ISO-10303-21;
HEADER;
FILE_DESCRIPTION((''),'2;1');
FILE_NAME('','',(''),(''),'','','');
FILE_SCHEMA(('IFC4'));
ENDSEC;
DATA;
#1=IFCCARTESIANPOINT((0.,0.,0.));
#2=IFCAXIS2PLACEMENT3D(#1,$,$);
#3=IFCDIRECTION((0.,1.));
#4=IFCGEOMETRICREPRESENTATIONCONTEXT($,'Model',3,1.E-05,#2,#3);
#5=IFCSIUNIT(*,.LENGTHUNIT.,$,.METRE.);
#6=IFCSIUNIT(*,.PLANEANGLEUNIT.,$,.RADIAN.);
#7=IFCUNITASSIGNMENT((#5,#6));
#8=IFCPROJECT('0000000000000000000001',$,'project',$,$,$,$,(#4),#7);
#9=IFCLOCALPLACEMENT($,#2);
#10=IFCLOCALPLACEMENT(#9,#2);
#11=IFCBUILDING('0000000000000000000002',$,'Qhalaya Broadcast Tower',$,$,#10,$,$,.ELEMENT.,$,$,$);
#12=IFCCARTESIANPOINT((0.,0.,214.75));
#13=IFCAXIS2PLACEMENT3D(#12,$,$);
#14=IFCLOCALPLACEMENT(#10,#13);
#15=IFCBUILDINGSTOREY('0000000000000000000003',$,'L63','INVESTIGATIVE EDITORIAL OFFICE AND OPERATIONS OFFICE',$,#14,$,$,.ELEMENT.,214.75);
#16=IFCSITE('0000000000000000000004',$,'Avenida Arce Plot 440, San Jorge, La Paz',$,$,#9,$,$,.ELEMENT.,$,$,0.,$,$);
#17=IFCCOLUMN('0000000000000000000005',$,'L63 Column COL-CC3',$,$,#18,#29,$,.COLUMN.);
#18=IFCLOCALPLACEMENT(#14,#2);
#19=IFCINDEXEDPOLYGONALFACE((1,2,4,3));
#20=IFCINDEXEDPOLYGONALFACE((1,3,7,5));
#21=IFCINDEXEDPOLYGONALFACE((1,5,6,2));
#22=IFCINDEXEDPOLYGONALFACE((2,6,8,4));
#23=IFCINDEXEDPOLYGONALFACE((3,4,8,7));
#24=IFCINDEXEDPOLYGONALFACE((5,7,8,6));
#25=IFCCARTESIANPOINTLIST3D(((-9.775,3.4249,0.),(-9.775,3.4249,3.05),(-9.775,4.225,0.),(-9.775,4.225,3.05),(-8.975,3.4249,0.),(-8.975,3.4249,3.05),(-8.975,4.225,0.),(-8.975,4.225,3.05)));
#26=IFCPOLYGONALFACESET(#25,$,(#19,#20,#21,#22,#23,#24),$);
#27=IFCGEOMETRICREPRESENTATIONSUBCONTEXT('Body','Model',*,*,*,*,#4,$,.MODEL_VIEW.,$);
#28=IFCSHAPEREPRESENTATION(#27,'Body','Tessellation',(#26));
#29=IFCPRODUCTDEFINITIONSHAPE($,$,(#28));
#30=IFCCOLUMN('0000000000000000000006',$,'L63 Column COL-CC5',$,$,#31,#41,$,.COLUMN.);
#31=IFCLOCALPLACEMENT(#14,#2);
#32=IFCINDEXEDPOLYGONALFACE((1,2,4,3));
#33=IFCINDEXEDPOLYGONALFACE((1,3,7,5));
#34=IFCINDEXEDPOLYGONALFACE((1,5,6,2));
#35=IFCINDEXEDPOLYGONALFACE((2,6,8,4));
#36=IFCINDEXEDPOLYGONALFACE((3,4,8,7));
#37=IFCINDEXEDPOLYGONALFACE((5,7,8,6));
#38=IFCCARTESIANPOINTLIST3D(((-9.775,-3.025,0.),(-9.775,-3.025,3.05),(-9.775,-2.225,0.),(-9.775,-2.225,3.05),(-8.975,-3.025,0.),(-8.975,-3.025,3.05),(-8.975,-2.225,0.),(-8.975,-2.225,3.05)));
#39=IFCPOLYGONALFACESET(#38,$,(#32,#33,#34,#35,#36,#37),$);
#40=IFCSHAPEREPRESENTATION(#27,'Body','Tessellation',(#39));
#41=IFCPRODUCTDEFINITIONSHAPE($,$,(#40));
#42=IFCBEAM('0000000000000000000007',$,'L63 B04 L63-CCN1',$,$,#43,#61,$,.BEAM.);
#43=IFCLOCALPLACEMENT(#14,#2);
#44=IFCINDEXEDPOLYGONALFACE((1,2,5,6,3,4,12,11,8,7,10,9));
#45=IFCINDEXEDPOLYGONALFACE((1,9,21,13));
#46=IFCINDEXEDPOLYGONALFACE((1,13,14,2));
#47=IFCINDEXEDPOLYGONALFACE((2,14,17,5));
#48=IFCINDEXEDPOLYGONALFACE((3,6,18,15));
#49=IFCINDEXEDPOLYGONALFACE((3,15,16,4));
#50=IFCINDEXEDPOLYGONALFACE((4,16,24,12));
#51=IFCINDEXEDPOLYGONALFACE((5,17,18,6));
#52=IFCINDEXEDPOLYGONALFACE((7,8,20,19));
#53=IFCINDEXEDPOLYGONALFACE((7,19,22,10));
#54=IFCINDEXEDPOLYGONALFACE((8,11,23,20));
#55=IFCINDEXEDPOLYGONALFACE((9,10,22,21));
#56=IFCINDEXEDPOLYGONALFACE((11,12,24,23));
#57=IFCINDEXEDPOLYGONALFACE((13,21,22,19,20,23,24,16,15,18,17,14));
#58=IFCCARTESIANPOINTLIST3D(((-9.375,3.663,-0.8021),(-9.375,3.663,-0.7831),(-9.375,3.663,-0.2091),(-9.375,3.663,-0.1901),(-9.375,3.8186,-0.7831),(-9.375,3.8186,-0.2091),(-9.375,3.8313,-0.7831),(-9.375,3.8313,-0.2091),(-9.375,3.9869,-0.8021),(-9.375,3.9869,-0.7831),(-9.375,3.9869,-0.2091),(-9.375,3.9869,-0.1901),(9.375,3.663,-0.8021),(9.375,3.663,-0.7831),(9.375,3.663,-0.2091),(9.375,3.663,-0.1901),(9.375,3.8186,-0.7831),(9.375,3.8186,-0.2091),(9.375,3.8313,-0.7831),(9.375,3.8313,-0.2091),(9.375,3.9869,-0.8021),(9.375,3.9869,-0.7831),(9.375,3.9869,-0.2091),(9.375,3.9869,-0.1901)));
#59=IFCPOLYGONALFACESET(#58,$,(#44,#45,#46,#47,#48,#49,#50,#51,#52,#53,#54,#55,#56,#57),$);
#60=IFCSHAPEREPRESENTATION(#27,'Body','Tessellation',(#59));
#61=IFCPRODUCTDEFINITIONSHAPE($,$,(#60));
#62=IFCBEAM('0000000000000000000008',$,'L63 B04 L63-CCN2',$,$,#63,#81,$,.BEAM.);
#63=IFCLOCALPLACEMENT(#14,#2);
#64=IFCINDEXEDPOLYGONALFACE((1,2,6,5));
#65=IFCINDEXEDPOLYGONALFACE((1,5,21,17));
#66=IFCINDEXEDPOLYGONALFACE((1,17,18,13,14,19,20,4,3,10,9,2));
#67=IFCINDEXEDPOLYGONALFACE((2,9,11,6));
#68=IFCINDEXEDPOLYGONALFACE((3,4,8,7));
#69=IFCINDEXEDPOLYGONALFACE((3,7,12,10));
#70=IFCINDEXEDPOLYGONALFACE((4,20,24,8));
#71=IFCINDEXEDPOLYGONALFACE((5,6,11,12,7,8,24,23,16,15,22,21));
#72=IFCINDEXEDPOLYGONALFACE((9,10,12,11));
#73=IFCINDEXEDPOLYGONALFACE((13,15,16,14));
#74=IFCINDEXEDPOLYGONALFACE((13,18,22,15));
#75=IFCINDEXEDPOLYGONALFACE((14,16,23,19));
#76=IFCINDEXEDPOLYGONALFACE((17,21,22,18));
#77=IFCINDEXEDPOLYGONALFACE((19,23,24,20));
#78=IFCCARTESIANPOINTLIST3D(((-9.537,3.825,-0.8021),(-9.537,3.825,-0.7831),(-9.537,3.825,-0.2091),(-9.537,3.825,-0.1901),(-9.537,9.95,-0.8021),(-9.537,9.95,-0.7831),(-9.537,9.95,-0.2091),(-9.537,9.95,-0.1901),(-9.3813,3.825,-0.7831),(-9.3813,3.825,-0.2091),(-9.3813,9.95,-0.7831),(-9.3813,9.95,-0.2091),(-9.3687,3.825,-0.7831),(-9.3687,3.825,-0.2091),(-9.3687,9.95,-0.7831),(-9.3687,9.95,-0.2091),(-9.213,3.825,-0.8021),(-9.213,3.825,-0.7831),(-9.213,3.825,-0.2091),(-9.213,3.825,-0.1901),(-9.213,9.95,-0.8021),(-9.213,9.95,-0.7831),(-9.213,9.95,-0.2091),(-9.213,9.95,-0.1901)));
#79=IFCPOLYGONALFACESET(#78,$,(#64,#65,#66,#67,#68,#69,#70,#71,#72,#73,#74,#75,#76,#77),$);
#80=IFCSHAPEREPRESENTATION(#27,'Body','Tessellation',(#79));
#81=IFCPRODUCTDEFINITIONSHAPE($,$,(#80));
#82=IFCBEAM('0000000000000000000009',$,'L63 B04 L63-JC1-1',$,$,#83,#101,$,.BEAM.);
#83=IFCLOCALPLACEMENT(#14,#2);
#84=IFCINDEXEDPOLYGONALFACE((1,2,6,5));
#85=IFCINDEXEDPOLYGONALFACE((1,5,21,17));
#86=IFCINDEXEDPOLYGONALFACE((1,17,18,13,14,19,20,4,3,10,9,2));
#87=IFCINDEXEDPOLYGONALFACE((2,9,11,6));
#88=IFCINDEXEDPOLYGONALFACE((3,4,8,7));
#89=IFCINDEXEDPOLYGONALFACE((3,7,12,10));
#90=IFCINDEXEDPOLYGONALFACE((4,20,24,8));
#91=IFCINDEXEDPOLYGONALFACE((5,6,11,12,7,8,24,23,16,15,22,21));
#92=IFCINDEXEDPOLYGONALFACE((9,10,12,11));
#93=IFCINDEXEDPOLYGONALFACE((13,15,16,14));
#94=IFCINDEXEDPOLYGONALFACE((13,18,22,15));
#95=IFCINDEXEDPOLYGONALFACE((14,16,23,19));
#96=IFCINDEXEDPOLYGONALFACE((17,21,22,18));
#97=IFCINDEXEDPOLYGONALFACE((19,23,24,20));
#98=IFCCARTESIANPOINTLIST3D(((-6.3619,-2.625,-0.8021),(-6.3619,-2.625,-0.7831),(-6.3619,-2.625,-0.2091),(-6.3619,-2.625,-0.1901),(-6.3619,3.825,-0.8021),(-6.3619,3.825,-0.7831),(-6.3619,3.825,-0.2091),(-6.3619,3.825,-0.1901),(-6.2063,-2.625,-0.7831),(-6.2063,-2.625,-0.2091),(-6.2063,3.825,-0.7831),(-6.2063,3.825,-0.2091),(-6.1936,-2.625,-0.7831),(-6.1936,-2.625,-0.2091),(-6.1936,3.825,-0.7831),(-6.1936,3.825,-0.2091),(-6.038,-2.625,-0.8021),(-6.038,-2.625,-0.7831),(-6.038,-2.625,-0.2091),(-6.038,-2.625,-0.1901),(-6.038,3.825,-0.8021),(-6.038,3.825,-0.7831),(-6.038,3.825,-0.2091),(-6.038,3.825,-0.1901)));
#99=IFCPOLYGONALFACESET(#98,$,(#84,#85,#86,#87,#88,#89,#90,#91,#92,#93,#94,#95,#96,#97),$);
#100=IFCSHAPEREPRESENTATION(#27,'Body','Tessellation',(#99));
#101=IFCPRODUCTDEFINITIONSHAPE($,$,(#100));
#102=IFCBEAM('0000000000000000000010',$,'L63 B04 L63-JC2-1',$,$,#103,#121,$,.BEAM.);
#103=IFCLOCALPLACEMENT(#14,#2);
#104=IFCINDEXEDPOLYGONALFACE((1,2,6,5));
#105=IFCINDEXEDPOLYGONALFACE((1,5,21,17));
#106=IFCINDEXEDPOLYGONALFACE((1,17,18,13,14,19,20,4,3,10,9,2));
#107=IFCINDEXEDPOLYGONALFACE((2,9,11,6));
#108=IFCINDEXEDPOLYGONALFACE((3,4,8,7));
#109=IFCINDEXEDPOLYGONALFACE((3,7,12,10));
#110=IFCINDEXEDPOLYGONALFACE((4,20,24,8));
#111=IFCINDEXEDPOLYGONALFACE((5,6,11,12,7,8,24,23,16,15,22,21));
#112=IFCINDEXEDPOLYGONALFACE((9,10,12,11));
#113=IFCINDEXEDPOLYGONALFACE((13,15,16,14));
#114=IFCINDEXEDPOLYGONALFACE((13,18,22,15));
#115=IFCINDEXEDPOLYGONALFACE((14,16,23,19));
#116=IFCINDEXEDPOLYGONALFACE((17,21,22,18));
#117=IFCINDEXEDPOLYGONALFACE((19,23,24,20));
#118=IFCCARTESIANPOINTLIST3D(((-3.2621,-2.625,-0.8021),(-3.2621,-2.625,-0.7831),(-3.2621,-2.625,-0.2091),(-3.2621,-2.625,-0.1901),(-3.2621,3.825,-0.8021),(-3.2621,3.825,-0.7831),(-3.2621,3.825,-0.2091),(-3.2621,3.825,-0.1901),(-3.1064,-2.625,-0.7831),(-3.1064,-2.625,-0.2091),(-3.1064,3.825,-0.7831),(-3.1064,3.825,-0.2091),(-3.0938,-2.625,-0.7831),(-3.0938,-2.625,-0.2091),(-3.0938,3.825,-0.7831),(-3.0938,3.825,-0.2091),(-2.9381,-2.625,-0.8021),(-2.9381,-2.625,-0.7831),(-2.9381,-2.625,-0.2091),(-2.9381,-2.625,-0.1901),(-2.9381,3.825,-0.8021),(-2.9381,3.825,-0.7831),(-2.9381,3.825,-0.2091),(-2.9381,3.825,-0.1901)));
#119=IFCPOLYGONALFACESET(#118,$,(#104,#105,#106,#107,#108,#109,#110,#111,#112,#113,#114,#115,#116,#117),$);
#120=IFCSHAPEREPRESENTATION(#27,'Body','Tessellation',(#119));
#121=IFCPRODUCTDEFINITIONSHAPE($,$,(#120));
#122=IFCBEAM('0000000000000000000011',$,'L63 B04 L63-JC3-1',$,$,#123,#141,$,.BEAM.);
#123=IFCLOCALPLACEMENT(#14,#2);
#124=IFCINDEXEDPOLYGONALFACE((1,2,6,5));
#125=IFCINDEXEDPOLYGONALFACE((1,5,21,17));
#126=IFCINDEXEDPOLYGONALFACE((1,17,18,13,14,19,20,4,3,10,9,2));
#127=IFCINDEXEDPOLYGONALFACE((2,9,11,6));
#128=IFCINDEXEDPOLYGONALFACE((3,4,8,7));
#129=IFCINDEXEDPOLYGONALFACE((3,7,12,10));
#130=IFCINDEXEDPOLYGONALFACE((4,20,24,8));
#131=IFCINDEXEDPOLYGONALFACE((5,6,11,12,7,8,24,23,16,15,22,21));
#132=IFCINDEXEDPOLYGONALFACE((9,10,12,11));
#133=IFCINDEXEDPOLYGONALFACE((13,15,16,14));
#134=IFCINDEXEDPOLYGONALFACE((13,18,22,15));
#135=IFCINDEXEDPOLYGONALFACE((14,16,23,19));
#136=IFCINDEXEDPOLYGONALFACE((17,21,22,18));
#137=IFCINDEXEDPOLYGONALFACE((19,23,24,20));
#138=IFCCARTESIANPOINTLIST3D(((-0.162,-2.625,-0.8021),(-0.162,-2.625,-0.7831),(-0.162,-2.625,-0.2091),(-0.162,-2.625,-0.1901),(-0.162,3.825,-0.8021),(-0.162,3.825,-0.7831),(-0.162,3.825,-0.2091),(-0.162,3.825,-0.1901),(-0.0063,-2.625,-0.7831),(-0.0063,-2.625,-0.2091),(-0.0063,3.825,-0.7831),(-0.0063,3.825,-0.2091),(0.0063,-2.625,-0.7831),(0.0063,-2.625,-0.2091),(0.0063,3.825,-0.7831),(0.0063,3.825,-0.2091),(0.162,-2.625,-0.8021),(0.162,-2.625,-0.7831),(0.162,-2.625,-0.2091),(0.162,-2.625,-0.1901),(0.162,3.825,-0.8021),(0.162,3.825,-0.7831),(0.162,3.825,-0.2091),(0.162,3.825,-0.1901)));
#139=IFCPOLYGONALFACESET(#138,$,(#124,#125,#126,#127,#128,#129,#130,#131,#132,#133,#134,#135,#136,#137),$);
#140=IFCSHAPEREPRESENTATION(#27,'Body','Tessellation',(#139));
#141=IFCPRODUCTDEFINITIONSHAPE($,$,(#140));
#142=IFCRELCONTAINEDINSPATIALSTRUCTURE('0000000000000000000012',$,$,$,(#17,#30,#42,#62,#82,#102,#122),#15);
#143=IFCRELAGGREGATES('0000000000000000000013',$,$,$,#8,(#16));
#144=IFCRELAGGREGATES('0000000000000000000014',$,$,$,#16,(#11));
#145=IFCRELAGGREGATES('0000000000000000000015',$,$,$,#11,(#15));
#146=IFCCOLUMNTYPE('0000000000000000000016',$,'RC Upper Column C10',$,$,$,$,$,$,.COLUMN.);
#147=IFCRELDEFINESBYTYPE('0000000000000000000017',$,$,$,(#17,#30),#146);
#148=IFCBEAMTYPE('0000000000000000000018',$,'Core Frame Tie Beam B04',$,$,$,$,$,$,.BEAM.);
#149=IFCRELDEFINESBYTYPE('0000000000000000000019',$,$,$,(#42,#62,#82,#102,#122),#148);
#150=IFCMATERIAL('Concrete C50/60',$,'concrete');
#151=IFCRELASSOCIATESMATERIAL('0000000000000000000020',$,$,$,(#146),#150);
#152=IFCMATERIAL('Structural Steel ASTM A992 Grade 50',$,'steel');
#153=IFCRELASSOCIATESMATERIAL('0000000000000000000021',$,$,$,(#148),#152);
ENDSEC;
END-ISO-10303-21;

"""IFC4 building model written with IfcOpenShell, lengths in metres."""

from ifc_helpers import new_model, si_unit, direction, frame, origin, origin_2d, place, context, subcontext, project, spatial, rectangle, i_section, extrude, material, material_profile, profile_set, type_object, element, save


model = new_model("IFC4")

# Units and contexts
model_context = context("Model", 3, precision=1e-05, world=origin(), true_north=direction((0.0, 1.0)))
body_context = subcontext(model_context, "Body", "Model", "MODEL_VIEW")
ifc_project = project(units=[si_unit("LENGTHUNIT", "METRE"), si_unit("PLANEANGLEUNIT", "RADIAN")], contexts=[model_context])

# Site, building, storey
site_placement = place(None, origin())
site = spatial("IfcSite", under=ifc_project, at=site_placement, Name="Avenida Arce Plot 440, San Jorge, La Paz", CompositionType="ELEMENT", RefElevation=0.0)
building_placement = place(site_placement, origin())
building = spatial("IfcBuilding", under=site, at=building_placement, Name="Qhalaya Broadcast Tower", CompositionType="ELEMENT")
storey_placement = place(building_placement, frame((0.0, 0.0, 214.75)))
storey = spatial("IfcBuildingStorey", under=building, at=storey_placement, Name="L63", Description="INVESTIGATIVE EDITORIAL OFFICE AND OPERATIONS OFFICE", CompositionType="ELEMENT", Elevation=214.75)

# Columns
ifc_material_1 = material(Name="Concrete C50/60", Category="concrete")
ifc_material_profile_1 = material_profile(ifc_material_1, rectangle(XDim=0.8, YDim=0.8, at=origin_2d()), Name="RC-COL 800x800")
ifc_profile_set_1 = profile_set([ifc_material_profile_1], Name="Concrete C50/60")
column_type = type_object("IfcColumnType", Name="RC Upper Column C10", PredefinedType="COLUMN", material=ifc_profile_set_1)
for number, where, z_axis, x_axis, name in (
    (1, (-9.375, 3.825, 0.0), (0.0, 0.0, 1.0), (1.0, 0.0, 0.0), "L63 Column COL-CC3"),
    (2, (-9.375, -2.625, 0.0), (0.0, 0.0, 1.0), (1.0, 0.0, 0.0), "L63 Column COL-CC5"),
):
    element("IfcColumn", number, at=place(storey_placement, frame(where, z_axis=z_axis, x_axis=x_axis)), inside=storey, type_object=column_type, Name=name, PredefinedType="COLUMN", context=body_context, shape_type="SweptSolid", body=[
        extrude(rectangle(XDim=0.8, YDim=0.8, at=origin_2d()), origin(), (0.0, 0.0, 1.0), 3.05),
    ])

# Beams
ifc_material_2 = material(Name="Structural Steel ASTM A992 Grade 50", Category="steel")
ifc_material_profile_2 = material_profile(ifc_material_2, i_section(OverallWidth=0.324, OverallDepth=0.6121, WebThickness=0.0127, FlangeThickness=0.019, at=origin_2d()), Name="W24X104")
ifc_profile_set_2 = profile_set([ifc_material_profile_2], Name="Structural Steel ASTM A992 Grade 50")
beam_type = type_object("IfcBeamType", Name="Core Frame Tie Beam B04", PredefinedType="BEAM", material=ifc_profile_set_2)
beam_1_placement = place(storey_placement, frame((-9.375, 3.825, -0.4961), z_axis=(1.0, 0.0, 0.0), x_axis=(0.0, 1.0, 0.0)))
element("IfcBeam", 3, at=beam_1_placement, inside=storey, type_object=beam_type, Name="L63 B04 L63-CCN1", PredefinedType="BEAM", context=body_context, shape_type="SweptSolid", body=[
    extrude(i_section(OverallWidth=0.324, OverallDepth=0.6121, WebThickness=0.0127, FlangeThickness=0.019, at=origin_2d()), origin(), (0.0, 0.0, 1.0), 18.75),
])
beam_2_placement = place(storey_placement, frame((-9.375, 3.825, -0.4961), z_axis=(0.0, 1.0, 0.0), x_axis=(-1.0, 0.0, 0.0)))
element("IfcBeam", 4, at=beam_2_placement, inside=storey, type_object=beam_type, Name="L63 B04 L63-CCN2", PredefinedType="BEAM", context=body_context, shape_type="SweptSolid", body=[
    extrude(i_section(OverallWidth=0.324, OverallDepth=0.6121, WebThickness=0.0127, FlangeThickness=0.019, at=origin_2d()), origin(), (0.0, 0.0, 1.0), 6.125),
])
for number, where, z_axis, x_axis, name in (
    (5, (-6.2, -2.625, -0.4961), (0.0, 1.0, 0.0), (-1.0, 0.0, 0.0), "L63 B04 L63-JC1-1"),
    (6, (-3.1001, -2.625, -0.4961), (0.0, 1.0, 0.0), (-1.0, 0.0, 0.0), "L63 B04 L63-JC2-1"),
    (7, (0.0, -2.625, -0.4961), (0.0, 1.0, 0.0), (-1.0, 0.0, 0.0), "L63 B04 L63-JC3-1"),
):
    element("IfcBeam", number, at=place(storey_placement, frame(where, z_axis=z_axis, x_axis=x_axis)), inside=storey, type_object=beam_type, Name=name, PredefinedType="BEAM", context=body_context, shape_type="SweptSolid", body=[
        extrude(i_section(OverallWidth=0.324, OverallDepth=0.6121, WebThickness=0.0127, FlangeThickness=0.019, at=origin_2d()), origin(), (0.0, 0.0, 1.0), 6.45),
    ])

save(model, "model.ifc")
